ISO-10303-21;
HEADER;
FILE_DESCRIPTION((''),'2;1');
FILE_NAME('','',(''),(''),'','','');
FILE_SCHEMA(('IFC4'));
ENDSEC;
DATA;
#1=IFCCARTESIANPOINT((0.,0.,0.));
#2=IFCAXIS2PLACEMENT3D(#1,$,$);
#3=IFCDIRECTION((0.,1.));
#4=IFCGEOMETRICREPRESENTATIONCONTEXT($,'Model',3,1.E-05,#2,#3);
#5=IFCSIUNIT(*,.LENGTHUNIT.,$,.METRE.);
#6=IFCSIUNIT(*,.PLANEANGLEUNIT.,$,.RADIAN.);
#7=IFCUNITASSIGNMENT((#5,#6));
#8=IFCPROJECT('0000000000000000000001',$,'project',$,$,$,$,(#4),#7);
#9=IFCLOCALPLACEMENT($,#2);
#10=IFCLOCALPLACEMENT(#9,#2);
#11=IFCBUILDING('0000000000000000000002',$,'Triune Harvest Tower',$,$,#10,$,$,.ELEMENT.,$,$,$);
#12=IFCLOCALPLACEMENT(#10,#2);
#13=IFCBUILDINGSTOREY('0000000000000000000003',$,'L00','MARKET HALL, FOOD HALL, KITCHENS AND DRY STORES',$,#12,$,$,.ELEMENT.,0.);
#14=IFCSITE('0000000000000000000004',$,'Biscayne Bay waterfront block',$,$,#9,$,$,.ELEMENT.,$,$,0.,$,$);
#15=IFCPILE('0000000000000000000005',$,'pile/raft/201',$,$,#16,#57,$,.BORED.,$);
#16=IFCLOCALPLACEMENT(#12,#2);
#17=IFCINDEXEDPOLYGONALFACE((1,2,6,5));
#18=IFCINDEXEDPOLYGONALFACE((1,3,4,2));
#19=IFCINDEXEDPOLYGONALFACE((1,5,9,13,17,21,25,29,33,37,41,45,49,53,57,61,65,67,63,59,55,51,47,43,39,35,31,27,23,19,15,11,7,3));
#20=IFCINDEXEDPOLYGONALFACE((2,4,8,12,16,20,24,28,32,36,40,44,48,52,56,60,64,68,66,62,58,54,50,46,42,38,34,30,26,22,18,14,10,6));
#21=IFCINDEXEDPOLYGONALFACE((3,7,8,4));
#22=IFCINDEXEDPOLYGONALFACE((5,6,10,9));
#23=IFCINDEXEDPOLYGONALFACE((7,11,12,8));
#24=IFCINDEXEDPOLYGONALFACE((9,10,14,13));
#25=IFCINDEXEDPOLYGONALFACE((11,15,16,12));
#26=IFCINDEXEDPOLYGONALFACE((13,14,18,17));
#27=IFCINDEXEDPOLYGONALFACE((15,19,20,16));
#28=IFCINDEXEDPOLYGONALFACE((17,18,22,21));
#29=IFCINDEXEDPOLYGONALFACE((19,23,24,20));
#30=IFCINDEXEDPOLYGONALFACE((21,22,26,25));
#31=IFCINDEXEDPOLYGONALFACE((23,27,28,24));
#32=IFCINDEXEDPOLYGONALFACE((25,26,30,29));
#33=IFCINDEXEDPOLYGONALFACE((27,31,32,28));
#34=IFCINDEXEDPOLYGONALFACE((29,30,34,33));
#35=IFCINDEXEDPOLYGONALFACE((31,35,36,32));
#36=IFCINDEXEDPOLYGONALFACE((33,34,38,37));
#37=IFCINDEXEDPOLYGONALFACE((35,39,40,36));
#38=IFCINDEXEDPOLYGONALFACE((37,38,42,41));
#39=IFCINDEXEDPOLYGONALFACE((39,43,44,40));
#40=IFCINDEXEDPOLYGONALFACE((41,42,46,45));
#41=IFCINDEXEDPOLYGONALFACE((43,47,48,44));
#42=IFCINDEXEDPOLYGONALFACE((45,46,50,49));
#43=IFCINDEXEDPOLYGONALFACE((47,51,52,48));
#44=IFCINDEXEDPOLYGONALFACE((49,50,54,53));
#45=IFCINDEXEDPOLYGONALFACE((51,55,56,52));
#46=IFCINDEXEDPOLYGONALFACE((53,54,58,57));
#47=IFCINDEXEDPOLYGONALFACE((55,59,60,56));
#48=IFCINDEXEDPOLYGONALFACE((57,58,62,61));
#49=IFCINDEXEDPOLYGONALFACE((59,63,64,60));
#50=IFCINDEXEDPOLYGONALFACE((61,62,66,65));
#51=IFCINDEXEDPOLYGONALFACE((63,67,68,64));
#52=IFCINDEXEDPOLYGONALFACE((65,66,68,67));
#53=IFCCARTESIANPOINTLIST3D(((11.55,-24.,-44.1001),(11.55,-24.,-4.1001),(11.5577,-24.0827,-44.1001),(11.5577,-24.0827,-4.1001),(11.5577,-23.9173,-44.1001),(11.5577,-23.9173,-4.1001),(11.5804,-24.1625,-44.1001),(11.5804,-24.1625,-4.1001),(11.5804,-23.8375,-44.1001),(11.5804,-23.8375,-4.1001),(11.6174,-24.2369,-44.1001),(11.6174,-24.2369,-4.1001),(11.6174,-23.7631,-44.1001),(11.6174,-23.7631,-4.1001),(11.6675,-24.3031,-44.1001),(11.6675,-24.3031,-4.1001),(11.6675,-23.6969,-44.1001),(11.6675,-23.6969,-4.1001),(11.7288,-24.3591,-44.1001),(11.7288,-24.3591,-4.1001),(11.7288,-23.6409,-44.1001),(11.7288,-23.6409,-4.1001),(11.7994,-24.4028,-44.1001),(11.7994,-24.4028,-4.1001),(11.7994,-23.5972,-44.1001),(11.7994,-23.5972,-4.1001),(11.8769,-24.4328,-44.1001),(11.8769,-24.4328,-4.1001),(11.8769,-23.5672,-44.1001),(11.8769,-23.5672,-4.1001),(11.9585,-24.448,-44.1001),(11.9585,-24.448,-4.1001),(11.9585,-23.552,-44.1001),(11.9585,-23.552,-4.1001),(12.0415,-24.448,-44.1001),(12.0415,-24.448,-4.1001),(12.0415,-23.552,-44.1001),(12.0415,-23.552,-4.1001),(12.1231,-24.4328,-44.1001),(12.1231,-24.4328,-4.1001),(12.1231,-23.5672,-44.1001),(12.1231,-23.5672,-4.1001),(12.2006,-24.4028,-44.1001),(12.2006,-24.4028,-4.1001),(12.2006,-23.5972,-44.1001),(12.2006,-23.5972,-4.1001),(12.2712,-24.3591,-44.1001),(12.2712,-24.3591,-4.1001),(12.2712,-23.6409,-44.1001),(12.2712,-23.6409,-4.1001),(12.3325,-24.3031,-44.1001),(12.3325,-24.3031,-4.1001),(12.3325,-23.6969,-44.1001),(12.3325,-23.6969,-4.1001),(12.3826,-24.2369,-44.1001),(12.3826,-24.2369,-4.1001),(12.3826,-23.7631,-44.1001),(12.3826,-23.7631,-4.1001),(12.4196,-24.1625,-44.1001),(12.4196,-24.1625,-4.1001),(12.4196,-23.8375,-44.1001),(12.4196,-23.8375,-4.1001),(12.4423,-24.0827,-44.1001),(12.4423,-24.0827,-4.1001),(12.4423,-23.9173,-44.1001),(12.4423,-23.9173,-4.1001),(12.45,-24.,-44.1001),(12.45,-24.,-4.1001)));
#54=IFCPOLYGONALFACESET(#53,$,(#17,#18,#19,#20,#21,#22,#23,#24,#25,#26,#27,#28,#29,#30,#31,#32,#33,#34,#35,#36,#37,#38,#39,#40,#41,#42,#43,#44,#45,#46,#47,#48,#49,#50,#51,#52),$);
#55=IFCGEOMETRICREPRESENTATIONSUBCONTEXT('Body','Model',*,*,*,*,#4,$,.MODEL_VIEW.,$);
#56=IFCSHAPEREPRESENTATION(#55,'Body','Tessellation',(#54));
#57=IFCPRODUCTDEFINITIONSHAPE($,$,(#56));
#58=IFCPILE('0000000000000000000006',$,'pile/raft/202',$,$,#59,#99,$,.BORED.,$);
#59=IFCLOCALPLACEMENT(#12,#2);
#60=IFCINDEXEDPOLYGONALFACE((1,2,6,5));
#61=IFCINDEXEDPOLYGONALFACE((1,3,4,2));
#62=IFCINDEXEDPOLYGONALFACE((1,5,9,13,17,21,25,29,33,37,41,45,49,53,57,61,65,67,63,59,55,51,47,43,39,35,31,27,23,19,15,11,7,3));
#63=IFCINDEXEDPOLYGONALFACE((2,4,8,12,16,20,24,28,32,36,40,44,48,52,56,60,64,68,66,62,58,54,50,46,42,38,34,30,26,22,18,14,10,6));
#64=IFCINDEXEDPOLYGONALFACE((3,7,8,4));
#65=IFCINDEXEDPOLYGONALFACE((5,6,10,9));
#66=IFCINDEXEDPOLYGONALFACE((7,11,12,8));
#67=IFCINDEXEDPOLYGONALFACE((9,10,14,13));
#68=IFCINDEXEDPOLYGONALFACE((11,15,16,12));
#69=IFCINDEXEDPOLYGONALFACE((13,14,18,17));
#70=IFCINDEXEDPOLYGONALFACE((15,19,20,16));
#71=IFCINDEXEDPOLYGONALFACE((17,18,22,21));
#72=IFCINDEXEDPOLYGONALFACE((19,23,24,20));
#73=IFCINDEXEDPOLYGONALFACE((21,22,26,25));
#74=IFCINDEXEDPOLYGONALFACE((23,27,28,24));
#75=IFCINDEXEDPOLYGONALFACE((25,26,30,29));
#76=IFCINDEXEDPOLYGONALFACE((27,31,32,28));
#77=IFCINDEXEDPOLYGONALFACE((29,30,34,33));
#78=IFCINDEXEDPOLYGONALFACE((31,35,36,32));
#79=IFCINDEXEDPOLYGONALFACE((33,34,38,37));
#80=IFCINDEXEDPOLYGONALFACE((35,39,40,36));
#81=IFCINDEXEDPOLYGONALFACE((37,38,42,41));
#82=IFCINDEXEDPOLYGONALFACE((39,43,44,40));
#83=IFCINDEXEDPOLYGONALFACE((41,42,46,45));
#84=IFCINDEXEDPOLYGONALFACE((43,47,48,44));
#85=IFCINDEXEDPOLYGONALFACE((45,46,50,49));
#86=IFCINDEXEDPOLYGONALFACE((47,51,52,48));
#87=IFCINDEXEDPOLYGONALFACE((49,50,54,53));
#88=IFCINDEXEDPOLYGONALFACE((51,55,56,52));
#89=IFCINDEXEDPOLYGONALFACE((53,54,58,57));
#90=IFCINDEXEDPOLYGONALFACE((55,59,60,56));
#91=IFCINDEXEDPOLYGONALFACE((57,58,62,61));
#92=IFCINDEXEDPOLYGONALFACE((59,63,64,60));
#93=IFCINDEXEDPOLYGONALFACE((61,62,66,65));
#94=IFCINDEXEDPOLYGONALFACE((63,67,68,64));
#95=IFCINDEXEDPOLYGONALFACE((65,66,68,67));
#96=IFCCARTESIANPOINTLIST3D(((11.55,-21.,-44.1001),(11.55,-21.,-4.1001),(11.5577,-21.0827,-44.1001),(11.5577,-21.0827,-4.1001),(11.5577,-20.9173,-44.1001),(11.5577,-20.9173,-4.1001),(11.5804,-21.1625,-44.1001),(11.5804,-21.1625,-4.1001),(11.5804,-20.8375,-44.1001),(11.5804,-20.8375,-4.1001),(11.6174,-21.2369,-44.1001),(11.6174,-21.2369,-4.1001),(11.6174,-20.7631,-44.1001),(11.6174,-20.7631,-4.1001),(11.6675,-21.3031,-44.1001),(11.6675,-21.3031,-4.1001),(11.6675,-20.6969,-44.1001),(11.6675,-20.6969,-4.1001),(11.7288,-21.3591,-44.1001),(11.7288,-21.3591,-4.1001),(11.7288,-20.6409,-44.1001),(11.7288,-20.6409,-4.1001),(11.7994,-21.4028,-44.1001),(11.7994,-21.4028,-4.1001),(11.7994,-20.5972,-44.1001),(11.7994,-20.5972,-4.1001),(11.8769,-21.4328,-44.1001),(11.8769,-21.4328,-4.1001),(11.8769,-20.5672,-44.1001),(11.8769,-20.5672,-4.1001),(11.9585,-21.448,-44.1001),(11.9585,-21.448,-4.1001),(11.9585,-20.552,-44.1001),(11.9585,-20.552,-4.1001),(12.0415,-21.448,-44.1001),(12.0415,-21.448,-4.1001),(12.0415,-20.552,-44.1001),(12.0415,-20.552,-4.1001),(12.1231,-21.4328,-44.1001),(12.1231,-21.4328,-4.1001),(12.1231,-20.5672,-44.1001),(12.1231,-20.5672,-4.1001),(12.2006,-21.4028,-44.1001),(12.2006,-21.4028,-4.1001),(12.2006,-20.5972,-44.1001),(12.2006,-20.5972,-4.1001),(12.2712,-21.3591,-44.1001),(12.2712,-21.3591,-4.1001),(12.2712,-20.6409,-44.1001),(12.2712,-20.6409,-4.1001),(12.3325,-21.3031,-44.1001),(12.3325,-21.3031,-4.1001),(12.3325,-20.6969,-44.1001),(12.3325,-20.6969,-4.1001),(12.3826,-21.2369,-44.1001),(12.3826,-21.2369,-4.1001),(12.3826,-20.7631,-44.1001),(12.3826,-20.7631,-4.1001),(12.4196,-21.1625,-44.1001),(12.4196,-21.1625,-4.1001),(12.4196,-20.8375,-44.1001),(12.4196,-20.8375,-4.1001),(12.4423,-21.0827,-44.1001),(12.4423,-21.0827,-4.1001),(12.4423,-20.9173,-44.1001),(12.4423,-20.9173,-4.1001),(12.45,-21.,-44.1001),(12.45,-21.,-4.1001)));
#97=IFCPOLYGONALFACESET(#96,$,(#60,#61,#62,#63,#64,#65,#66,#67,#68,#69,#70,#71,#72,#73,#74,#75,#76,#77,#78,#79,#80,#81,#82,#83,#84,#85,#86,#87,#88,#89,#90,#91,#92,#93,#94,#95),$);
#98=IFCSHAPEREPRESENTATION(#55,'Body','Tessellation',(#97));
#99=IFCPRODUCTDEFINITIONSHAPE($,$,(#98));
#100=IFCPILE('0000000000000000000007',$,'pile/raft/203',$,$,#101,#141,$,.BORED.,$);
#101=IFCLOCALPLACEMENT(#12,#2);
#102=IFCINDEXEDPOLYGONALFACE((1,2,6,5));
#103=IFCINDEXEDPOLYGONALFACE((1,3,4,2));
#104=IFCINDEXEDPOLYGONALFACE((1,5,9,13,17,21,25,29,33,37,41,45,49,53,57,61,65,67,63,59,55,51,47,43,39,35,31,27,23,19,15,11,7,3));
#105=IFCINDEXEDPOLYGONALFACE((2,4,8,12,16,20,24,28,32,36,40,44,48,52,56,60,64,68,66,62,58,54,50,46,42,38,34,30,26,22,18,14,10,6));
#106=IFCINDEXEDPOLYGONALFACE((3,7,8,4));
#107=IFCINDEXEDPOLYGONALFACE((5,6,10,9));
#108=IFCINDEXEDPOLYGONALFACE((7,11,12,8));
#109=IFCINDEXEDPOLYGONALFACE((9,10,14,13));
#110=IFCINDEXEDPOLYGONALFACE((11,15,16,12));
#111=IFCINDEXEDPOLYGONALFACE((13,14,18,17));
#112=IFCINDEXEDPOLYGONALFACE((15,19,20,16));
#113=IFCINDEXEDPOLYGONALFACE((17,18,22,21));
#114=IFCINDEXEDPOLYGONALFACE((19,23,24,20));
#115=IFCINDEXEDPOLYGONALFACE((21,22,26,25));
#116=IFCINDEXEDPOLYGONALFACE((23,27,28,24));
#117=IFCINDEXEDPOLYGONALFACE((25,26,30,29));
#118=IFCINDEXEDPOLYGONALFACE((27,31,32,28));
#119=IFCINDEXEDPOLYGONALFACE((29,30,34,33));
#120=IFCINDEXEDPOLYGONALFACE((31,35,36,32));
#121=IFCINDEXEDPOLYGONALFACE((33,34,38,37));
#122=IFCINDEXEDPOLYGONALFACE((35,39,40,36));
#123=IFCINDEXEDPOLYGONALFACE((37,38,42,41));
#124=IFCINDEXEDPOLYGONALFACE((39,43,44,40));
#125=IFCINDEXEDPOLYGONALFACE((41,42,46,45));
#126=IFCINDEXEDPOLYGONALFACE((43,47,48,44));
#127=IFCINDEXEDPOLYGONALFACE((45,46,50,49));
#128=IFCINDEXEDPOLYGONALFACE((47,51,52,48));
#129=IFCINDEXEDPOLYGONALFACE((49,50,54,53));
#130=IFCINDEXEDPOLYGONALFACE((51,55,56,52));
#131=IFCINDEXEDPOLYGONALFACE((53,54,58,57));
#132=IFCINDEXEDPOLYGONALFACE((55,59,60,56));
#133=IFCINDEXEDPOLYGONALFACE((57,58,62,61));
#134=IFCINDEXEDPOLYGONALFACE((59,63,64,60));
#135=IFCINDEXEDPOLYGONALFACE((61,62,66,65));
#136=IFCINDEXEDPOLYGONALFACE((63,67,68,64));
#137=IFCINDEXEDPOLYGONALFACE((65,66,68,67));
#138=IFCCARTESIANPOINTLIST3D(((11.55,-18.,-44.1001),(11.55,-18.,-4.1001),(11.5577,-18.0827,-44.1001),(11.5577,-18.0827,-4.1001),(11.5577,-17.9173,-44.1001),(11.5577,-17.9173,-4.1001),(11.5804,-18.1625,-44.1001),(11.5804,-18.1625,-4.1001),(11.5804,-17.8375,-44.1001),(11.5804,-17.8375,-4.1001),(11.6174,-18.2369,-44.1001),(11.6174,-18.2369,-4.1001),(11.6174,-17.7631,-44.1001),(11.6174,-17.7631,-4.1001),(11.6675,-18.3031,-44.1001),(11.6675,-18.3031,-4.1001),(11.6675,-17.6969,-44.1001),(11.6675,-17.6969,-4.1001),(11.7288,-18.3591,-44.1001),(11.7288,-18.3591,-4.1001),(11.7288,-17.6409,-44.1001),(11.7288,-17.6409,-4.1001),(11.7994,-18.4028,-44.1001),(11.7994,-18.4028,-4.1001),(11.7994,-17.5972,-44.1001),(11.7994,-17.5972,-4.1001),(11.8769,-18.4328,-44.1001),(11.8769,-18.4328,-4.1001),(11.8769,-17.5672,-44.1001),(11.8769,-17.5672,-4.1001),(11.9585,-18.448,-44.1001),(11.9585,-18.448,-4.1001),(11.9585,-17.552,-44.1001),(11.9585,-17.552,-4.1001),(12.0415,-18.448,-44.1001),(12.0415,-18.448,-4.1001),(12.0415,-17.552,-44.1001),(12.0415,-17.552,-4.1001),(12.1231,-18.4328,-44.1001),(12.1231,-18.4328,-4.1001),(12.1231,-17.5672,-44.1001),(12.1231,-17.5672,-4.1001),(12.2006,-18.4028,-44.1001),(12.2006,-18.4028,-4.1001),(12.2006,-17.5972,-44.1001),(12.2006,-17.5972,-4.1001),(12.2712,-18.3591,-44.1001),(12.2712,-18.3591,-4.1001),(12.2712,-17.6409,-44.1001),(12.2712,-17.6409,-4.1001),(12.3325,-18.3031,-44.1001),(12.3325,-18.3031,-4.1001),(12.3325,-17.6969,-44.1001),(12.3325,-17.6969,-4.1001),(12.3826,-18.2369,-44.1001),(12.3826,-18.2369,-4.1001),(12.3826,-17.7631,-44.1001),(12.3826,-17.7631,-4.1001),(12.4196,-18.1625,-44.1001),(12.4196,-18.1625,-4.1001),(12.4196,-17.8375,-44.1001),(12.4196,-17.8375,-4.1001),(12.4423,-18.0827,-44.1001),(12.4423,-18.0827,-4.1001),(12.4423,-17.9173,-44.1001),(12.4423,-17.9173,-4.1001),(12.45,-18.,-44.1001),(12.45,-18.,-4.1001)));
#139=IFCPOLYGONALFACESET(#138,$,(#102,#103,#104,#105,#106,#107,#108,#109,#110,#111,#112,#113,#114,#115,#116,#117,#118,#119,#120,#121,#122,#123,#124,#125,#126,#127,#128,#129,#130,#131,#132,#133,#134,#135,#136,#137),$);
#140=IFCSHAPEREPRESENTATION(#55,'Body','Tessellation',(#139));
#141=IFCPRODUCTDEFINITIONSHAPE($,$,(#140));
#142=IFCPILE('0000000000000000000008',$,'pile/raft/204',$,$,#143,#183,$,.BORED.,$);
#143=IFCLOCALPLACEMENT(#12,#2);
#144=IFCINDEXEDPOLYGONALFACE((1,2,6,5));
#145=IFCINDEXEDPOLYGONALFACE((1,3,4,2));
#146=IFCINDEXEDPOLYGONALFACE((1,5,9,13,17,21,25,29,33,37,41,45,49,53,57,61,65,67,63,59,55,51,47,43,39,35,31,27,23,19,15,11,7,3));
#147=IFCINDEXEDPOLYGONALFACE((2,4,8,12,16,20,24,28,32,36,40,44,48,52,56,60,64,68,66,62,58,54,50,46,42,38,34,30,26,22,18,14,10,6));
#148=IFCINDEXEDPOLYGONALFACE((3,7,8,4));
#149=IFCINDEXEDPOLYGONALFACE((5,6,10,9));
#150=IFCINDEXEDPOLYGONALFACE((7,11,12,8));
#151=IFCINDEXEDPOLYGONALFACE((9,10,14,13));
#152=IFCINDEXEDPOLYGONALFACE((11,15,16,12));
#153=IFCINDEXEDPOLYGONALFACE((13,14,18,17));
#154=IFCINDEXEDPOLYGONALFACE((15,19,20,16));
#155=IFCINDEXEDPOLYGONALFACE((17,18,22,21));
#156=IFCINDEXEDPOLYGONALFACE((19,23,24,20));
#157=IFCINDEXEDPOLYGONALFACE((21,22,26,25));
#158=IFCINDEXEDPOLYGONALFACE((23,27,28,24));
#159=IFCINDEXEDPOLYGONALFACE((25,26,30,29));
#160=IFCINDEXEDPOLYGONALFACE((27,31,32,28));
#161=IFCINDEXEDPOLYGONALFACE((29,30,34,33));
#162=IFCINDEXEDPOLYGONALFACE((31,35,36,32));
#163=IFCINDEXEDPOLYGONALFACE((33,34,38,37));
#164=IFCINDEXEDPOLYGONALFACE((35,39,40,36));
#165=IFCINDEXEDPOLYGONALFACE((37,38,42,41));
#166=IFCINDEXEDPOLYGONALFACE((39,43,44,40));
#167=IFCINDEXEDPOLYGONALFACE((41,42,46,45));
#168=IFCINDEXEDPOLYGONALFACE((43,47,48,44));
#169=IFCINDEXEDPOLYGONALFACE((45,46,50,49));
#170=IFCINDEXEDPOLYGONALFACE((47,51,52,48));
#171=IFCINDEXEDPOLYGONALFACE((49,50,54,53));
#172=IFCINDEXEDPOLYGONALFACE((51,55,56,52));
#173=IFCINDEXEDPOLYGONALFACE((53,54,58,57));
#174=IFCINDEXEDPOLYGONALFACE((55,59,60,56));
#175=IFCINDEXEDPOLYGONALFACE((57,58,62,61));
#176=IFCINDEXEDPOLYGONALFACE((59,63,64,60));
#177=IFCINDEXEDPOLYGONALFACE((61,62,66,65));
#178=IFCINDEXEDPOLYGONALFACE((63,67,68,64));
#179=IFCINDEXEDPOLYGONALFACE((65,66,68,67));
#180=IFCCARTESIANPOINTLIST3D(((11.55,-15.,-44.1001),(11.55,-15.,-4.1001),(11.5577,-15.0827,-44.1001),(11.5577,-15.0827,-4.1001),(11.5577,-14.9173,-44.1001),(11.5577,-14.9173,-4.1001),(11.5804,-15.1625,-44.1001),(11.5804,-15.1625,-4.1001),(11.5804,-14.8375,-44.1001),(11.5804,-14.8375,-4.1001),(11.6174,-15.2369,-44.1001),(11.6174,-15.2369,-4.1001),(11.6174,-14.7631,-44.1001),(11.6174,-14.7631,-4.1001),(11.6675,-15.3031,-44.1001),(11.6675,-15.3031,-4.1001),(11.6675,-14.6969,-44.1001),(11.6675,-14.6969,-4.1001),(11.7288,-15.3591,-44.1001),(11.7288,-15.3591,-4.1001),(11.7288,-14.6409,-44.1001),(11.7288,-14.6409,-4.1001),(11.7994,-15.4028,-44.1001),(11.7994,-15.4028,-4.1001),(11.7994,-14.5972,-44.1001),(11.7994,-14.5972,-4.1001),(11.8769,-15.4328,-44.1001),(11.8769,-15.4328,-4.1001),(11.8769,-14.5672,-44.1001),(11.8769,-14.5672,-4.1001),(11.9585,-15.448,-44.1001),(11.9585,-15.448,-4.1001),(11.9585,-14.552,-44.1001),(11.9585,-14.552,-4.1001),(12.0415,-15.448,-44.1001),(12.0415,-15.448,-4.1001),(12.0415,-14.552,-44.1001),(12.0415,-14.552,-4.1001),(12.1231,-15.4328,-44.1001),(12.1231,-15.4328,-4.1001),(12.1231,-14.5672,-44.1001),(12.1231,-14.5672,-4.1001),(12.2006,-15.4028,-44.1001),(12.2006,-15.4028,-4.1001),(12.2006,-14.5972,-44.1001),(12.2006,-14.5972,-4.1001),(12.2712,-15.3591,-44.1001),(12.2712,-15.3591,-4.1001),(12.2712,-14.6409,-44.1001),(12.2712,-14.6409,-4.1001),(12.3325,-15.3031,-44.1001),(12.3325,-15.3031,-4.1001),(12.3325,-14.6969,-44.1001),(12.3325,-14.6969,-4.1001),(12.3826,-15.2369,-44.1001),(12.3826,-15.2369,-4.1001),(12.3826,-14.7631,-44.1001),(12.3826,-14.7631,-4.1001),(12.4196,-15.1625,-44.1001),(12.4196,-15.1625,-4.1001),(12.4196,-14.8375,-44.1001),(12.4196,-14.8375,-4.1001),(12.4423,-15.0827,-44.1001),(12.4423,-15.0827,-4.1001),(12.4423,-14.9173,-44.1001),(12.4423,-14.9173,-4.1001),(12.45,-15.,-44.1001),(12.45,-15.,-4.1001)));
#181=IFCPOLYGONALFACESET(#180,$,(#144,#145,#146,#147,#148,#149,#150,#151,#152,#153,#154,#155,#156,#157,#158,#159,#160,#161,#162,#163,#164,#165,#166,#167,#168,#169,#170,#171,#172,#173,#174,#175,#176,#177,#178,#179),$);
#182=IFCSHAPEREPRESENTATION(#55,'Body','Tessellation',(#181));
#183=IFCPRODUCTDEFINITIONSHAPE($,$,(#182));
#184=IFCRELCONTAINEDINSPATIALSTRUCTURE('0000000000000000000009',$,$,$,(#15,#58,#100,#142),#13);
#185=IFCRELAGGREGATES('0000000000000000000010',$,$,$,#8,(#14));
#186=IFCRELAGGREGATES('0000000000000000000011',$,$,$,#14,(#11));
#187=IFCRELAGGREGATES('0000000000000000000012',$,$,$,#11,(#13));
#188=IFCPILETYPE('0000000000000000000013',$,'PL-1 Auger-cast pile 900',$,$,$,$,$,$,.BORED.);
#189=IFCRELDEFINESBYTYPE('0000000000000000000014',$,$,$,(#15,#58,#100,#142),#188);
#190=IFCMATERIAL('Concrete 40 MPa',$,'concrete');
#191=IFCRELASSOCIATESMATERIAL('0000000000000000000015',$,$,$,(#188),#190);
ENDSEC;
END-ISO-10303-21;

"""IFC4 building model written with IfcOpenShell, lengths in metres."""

from ifc_helpers import new_model, si_unit, direction, frame, origin, origin_2d, place, context, subcontext, project, spatial, circle, extrude, source, transform, mapped, material, material_profile, profile_set, type_object, element, save


model = new_model("IFC4")

# Units and contexts
model_context = context("Model", 3, precision=1e-05, world=origin(), true_north=direction((0.0, 1.0)))
body_context = subcontext(model_context, "Body", "Model", "MODEL_VIEW")
ifc_project = project(units=[si_unit("LENGTHUNIT", "METRE"), si_unit("PLANEANGLEUNIT", "RADIAN")], contexts=[model_context])

# Site, building, storey
site_placement = place(None, origin())
site = spatial("IfcSite", under=ifc_project, at=site_placement, Name="Biscayne Bay waterfront block", CompositionType="ELEMENT", RefElevation=0.0)
building_placement = place(site_placement, origin())
building = spatial("IfcBuilding", under=site, at=building_placement, Name="Triune Harvest Tower", CompositionType="ELEMENT")
storey_placement = place(building_placement, origin())
storey = spatial("IfcBuildingStorey", under=building, at=storey_placement, Name="L00", Description="MARKET HALL, FOOD HALL, KITCHENS AND DRY STORES", CompositionType="ELEMENT", Elevation=0.0)

# Piles
ifc_material_1 = material(Name="Concrete 40 MPa", Category="concrete")
ifc_material_profile = material_profile(ifc_material_1, circle(Radius=0.45, at=origin_2d()), Name="Bored 900")
ifc_profile_set = profile_set([ifc_material_profile], Name="Concrete 40 MPa")
pile_type = type_object("IfcPileType", Name="PL-1 Auger-cast pile 900", PredefinedType="BORED", material=ifc_profile_set)
shared_shape_1 = source(origin(), body_context, "Body", "SweptSolid", [
    extrude(circle(Radius=0.45, at=origin_2d()), origin(), (0.0, 0.0, 1.0), 40.0),
])
for number, where, z_axis, x_axis, name in (
    (1, (12.0, -24.0, -4.1001), (0.0, 0.0, -1.0), (1.0, 0.0, 0.0), "pile/raft/201"),
    (2, (12.0, -21.0, -4.1001), (0.0, 0.0, -1.0), (1.0, 0.0, 0.0), "pile/raft/202"),
    (3, (12.0, -18.0, -4.1001), (0.0, 0.0, -1.0), (1.0, 0.0, 0.0), "pile/raft/203"),
    (4, (12.0, -15.0, -4.1001), (0.0, 0.0, -1.0), (1.0, 0.0, 0.0), "pile/raft/204"),
):
    element("IfcPile", number, at=place(storey_placement, frame(where, z_axis=z_axis, x_axis=x_axis)), inside=storey, type_object=pile_type, Name=name, PredefinedType="BORED", context=body_context, shape_type="MappedRepresentation", body=[
        mapped(shared_shape_1, transform((0.0, 0.0, 0.0), scale=1.0)),
    ])

save(model, "model.ifc")
